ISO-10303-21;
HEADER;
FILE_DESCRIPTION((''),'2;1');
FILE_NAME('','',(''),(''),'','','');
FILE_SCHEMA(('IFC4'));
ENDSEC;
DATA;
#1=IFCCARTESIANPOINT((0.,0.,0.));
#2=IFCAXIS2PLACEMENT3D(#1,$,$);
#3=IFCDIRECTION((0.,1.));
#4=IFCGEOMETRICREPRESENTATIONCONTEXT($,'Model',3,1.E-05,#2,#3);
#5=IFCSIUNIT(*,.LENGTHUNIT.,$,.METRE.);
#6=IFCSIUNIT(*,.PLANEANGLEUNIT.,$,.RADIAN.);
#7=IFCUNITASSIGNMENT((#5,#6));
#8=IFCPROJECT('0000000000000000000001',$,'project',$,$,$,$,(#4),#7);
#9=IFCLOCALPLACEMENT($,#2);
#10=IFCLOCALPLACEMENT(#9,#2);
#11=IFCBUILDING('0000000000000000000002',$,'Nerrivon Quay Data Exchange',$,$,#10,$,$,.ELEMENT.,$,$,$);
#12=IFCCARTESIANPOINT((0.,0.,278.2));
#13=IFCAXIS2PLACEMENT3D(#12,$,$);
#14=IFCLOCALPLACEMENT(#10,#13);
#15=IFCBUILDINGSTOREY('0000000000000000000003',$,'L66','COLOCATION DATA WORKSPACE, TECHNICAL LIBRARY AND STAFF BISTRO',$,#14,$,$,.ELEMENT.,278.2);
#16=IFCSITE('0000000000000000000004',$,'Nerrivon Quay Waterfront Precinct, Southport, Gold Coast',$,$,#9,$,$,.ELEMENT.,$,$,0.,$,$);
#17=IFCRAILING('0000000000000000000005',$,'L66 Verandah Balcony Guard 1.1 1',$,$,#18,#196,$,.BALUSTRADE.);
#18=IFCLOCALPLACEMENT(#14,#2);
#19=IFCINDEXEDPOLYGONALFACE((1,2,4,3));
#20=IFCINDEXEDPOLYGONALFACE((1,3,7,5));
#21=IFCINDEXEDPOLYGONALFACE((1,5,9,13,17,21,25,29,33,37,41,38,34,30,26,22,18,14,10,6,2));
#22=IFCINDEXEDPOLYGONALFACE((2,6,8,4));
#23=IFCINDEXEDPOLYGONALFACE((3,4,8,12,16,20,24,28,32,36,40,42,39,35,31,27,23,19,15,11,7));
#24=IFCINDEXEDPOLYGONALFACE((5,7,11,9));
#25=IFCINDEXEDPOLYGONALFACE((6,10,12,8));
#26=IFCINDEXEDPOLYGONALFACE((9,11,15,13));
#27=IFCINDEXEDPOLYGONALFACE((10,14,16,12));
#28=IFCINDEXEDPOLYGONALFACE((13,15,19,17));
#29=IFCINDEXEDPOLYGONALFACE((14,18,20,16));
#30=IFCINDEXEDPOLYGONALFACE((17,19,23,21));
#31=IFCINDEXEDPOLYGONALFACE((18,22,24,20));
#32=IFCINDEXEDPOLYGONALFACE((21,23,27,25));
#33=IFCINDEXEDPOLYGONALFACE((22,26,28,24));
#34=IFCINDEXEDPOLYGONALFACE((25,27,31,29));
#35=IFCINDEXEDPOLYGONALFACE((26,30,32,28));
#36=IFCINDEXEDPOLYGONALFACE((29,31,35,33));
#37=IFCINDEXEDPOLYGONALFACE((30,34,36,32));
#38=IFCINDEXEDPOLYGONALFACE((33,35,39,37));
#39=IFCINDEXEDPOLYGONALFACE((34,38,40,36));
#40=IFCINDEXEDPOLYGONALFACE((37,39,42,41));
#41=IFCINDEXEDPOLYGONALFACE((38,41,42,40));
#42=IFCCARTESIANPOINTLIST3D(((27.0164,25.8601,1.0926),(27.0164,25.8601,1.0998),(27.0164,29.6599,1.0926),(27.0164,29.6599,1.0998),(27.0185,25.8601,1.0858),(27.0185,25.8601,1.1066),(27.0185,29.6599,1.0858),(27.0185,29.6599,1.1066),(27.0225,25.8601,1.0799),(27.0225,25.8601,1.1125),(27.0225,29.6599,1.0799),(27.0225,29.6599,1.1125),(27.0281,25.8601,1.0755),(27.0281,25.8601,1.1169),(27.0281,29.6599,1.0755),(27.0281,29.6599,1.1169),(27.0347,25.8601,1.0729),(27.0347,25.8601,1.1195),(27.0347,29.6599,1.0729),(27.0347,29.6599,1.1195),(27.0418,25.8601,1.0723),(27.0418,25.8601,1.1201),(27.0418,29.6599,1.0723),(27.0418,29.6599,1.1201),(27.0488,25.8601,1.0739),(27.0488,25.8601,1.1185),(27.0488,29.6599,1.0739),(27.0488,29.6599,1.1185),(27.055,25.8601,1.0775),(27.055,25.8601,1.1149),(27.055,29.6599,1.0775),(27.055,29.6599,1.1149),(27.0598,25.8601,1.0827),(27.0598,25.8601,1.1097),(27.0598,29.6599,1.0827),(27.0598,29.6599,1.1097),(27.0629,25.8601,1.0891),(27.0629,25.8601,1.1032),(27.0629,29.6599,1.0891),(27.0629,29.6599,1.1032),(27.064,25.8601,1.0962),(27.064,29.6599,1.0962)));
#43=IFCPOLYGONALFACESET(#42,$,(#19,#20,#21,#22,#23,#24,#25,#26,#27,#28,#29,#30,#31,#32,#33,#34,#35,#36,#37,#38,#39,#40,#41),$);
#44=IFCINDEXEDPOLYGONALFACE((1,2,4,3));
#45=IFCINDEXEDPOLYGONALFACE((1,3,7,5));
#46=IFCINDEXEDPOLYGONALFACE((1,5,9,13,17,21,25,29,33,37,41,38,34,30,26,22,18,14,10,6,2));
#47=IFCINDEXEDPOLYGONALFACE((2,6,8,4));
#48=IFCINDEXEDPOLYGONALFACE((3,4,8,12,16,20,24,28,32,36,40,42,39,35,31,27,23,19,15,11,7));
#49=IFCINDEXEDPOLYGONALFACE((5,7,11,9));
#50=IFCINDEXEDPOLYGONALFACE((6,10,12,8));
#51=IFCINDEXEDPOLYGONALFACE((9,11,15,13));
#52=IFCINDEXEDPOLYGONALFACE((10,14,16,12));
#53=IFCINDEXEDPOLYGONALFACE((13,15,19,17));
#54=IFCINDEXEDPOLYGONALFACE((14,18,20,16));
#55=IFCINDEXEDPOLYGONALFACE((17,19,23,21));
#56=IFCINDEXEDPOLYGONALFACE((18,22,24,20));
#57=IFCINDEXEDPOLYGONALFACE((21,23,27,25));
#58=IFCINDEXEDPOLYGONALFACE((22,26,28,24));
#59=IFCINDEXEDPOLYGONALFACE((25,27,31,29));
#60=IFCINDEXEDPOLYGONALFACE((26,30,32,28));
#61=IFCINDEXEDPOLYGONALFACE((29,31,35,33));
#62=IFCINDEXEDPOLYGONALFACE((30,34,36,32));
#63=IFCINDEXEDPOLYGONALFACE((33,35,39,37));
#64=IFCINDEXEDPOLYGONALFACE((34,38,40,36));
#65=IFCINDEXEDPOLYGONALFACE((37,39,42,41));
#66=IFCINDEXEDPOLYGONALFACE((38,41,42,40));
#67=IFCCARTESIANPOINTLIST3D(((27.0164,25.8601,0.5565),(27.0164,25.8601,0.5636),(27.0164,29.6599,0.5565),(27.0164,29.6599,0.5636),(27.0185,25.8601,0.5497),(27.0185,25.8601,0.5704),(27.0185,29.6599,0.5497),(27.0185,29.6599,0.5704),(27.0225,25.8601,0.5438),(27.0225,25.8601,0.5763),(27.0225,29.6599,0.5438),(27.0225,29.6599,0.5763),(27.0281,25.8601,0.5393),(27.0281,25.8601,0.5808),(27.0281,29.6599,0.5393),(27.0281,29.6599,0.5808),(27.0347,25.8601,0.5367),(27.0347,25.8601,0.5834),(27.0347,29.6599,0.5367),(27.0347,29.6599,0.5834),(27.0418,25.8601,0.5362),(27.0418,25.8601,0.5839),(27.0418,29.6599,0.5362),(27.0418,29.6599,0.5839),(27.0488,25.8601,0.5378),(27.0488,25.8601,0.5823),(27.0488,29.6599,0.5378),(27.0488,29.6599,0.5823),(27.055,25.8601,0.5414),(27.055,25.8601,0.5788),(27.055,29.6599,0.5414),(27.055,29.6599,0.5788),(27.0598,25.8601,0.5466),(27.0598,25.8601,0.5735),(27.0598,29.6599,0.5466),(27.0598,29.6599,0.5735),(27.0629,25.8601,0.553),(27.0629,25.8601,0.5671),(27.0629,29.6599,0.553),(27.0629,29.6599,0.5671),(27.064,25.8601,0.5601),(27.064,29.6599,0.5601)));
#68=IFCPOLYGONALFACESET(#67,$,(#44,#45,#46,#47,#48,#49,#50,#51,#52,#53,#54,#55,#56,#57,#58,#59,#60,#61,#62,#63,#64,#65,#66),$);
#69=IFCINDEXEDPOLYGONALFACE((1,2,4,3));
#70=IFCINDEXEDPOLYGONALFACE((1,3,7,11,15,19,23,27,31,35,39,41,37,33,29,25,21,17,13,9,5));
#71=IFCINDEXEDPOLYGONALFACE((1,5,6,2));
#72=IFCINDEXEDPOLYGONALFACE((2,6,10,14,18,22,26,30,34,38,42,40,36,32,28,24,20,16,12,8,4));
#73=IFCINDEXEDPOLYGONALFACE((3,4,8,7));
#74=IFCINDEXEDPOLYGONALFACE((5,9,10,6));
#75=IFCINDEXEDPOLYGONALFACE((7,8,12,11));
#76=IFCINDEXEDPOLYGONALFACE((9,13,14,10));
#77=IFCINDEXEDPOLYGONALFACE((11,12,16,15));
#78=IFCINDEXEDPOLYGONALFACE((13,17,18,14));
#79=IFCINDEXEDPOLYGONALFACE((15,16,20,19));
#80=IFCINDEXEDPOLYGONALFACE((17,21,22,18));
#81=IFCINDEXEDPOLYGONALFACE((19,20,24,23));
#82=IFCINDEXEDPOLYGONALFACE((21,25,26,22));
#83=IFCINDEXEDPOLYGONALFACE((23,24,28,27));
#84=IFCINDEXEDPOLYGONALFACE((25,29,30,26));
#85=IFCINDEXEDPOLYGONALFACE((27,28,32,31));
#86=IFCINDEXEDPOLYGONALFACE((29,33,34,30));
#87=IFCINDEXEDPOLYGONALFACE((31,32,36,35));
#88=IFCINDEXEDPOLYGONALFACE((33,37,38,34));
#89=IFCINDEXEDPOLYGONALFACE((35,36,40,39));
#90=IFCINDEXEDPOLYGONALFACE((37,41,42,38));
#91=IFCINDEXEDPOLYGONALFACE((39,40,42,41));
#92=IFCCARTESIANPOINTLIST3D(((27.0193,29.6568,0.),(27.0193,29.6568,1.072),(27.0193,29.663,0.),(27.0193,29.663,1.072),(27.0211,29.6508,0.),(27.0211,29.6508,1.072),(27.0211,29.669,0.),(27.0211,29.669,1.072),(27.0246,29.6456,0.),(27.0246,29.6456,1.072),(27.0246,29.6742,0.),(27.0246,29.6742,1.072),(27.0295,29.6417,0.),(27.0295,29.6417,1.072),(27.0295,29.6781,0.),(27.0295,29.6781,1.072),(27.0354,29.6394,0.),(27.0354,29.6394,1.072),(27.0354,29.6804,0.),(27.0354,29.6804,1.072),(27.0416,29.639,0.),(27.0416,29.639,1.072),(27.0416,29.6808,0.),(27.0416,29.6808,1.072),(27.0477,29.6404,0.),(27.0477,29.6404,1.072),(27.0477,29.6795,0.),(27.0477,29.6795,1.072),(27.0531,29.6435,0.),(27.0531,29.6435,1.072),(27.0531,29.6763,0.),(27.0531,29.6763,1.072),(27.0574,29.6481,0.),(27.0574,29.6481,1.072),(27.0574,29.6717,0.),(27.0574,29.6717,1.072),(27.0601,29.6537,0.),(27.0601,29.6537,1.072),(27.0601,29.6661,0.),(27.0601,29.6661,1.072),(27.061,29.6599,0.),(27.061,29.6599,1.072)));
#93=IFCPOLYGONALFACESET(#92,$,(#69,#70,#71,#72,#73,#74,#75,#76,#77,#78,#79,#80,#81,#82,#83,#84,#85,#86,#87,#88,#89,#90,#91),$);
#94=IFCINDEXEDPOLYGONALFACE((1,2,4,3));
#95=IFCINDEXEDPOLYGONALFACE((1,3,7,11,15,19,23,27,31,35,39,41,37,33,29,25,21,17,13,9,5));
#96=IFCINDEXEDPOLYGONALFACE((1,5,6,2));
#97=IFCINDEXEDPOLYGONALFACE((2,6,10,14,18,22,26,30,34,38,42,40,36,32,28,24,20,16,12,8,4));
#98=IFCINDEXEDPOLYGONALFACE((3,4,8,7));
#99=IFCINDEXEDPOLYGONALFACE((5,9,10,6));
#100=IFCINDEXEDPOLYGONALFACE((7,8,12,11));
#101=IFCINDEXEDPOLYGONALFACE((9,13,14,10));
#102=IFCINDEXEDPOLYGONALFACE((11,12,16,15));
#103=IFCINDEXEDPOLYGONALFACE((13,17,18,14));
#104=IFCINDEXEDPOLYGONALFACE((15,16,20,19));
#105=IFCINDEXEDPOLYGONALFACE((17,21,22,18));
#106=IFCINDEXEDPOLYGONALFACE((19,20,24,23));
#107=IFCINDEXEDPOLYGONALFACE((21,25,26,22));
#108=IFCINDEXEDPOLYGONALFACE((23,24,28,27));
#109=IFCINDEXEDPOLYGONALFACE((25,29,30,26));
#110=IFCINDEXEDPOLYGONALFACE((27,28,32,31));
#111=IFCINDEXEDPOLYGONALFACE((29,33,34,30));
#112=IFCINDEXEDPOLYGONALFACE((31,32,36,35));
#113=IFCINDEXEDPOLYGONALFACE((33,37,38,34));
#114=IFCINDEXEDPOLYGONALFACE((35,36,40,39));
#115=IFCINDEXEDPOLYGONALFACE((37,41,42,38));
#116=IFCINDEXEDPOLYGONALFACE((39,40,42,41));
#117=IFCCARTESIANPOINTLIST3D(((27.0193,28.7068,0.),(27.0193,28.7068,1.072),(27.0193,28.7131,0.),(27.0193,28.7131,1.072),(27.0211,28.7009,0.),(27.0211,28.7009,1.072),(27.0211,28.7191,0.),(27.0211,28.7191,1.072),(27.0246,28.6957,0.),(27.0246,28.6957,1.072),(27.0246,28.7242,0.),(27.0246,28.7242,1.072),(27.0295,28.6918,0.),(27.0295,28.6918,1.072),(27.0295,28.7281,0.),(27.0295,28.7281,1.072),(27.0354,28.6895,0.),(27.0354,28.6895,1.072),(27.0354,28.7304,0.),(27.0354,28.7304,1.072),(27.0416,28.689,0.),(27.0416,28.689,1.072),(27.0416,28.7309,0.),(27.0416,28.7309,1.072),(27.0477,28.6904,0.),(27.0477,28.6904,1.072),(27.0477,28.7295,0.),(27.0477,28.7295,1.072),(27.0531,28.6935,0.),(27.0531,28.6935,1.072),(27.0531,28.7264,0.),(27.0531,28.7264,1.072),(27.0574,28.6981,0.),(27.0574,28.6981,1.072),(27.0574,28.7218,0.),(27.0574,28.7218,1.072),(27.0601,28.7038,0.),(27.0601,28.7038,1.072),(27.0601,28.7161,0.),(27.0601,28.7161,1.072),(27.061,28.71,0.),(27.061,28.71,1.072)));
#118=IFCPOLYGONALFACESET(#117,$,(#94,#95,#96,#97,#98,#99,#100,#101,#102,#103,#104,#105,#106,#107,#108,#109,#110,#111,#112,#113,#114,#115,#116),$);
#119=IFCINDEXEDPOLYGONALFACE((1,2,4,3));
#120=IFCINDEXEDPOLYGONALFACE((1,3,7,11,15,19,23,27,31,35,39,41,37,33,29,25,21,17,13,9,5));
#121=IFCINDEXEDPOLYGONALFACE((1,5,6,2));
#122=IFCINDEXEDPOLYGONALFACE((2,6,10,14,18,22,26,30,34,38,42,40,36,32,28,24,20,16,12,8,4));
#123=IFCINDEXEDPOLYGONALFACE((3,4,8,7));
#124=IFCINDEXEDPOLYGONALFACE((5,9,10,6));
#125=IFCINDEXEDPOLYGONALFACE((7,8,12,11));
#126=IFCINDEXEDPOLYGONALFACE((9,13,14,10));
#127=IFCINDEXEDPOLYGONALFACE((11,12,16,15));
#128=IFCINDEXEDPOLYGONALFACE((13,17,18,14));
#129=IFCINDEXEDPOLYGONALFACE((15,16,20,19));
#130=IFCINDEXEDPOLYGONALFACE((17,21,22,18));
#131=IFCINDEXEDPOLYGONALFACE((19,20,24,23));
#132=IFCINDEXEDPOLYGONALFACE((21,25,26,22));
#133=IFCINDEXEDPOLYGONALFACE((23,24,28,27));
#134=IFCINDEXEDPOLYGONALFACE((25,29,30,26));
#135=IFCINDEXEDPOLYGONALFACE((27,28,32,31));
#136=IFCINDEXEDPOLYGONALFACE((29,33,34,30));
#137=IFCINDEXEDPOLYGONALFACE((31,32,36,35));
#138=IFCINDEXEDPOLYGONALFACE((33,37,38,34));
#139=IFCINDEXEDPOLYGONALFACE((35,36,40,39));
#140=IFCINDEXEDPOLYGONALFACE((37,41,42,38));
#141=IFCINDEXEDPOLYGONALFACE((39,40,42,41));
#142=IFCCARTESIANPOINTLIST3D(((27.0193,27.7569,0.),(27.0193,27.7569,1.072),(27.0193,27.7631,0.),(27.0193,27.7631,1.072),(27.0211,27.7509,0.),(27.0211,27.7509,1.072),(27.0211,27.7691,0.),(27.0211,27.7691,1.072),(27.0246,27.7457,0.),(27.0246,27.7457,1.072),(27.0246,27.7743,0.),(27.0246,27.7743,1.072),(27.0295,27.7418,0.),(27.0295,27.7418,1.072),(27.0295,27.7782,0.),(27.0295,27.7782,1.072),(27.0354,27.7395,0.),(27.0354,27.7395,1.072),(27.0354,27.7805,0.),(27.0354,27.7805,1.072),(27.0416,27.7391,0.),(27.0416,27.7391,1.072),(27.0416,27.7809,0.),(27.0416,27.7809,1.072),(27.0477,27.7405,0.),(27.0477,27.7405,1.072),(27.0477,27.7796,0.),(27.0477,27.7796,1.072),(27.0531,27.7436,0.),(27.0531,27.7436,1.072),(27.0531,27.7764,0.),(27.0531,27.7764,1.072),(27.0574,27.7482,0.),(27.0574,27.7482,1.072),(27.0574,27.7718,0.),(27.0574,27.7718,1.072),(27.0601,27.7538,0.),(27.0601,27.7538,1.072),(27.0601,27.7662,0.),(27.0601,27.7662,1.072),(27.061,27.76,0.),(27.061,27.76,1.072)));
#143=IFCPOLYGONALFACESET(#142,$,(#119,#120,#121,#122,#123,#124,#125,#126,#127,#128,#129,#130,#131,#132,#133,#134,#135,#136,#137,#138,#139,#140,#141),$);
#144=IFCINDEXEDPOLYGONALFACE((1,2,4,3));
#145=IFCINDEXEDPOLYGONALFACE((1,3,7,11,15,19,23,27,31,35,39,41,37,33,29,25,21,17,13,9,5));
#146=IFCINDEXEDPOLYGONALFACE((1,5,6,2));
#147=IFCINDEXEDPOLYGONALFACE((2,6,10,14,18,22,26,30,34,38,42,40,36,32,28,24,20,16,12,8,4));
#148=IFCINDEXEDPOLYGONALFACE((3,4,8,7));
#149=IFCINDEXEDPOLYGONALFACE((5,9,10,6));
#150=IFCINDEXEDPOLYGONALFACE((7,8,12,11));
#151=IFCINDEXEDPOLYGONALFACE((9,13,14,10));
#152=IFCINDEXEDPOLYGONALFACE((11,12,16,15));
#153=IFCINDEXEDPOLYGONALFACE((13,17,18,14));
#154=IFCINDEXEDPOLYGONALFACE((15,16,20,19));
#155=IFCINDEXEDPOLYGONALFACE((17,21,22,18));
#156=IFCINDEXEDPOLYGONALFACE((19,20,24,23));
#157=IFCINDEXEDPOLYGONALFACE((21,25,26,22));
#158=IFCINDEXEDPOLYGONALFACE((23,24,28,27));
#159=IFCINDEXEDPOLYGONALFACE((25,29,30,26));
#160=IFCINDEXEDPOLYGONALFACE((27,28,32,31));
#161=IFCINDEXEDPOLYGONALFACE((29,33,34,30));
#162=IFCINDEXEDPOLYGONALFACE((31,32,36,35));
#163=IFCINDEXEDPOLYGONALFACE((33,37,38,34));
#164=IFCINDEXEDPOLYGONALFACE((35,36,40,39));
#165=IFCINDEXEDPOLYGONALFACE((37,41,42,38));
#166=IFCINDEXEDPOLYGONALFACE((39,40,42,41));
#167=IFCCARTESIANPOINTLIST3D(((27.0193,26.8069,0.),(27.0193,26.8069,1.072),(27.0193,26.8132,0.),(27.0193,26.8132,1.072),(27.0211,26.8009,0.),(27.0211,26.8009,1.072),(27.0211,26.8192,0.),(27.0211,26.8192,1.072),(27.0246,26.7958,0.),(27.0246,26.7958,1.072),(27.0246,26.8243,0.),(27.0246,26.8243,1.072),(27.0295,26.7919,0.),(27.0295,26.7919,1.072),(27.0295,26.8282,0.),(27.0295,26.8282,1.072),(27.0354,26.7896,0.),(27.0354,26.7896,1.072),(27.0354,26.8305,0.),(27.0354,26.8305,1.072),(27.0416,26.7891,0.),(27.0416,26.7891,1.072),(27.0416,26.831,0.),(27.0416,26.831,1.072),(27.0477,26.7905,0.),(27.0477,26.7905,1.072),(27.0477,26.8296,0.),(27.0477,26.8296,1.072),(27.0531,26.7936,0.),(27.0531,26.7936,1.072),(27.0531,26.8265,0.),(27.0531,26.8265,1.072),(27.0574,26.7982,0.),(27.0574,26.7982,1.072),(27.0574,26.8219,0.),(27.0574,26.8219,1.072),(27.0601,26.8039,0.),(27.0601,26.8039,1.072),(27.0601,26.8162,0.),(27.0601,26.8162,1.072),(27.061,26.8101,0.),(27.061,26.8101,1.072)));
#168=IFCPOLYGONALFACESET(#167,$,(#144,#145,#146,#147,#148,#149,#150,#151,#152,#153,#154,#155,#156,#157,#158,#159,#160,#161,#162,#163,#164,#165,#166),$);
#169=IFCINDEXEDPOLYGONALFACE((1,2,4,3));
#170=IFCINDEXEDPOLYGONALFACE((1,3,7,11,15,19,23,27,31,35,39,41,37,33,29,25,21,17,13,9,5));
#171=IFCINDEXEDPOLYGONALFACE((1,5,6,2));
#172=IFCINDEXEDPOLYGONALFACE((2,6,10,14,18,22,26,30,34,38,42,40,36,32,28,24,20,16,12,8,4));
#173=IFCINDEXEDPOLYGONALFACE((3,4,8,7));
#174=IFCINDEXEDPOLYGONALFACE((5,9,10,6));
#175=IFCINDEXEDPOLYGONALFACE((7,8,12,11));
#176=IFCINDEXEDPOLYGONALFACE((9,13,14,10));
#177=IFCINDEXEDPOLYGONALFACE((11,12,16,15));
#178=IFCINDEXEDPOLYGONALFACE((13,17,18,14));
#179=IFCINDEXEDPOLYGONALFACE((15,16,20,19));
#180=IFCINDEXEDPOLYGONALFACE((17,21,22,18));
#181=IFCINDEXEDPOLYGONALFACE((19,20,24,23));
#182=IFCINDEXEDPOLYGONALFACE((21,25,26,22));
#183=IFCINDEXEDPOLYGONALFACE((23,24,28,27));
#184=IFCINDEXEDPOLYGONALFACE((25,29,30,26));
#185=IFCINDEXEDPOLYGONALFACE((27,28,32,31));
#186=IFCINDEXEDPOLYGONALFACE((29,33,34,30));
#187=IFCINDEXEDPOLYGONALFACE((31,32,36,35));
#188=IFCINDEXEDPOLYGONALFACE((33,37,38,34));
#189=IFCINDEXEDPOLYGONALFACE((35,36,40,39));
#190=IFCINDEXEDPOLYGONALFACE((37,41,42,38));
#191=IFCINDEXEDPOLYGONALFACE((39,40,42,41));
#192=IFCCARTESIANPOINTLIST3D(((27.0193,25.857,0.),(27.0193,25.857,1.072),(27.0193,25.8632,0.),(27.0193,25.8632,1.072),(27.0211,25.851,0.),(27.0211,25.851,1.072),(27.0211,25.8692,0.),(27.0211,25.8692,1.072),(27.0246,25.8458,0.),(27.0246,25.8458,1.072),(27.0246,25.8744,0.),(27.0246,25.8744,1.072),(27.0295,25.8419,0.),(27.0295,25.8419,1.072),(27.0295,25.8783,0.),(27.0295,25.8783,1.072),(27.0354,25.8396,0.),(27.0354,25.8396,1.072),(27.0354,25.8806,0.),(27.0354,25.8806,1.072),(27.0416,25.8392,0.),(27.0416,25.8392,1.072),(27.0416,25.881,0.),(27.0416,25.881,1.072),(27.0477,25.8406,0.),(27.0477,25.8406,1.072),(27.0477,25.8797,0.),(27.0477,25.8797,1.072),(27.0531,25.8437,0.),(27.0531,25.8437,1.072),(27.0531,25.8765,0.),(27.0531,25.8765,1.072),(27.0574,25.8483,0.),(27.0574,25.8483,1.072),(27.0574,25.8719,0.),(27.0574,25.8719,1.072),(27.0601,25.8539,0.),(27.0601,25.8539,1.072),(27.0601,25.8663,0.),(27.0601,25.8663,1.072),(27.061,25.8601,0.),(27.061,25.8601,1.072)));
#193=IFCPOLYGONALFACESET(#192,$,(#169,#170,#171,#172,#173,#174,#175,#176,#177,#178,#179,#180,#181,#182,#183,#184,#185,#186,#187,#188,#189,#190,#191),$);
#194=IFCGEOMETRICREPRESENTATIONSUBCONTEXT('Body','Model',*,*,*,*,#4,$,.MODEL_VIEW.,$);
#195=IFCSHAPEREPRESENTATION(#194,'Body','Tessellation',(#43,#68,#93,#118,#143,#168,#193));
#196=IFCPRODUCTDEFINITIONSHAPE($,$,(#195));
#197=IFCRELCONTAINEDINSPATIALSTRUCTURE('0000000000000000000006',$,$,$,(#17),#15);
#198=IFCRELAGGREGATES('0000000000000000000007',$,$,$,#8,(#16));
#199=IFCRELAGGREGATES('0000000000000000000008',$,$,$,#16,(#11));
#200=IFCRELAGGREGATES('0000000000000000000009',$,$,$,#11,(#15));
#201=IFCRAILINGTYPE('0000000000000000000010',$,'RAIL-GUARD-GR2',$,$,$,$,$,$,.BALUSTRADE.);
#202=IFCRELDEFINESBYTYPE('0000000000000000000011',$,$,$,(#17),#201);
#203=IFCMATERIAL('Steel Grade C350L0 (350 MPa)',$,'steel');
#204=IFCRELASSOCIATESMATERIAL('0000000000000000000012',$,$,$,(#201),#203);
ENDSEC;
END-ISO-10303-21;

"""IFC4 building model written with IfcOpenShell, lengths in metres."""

from ifc_helpers import new_model, si_unit, direction, frame, origin, origin_2d, place, context, subcontext, project, spatial, circle, extrude, material, type_object, element, save


model = new_model("IFC4")

# Units and contexts
model_context = context("Model", 3, precision=1e-05, world=origin(), true_north=direction((0.0, 1.0)))
body_context = subcontext(model_context, "Body", "Model", "MODEL_VIEW")
ifc_project = project(units=[si_unit("LENGTHUNIT", "METRE"), si_unit("PLANEANGLEUNIT", "RADIAN")], contexts=[model_context])

# Site, building, storey
site_placement = place(None, origin())
site = spatial("IfcSite", under=ifc_project, at=site_placement, Name="Nerrivon Quay Waterfront Precinct, Southport, Gold Coast", CompositionType="ELEMENT", RefElevation=0.0)
building_placement = place(site_placement, origin())
building = spatial("IfcBuilding", under=site, at=building_placement, Name="Nerrivon Quay Data Exchange", CompositionType="ELEMENT")
storey_placement = place(building_placement, frame((0.0, 0.0, 278.2)))
storey = spatial("IfcBuildingStorey", under=building, at=storey_placement, Name="L66", Description="COLOCATION DATA WORKSPACE, TECHNICAL LIBRARY AND STAFF BISTRO", CompositionType="ELEMENT", Elevation=278.2)

# Shared definitions
ifc_material_1 = material(Name="Steel Grade C350L0 (350 MPa)", Category="steel")

# Railing
railing_type = type_object("IfcRailingType", Name="RAIL-GUARD-GR2", PredefinedType="BALUSTRADE", material=ifc_material_1)
railing_1_placement = place(storey_placement, frame((27.04, 29.6599, 0.0)))
element("IfcRailing", 1, at=railing_1_placement, inside=storey, type_object=railing_type, Name="L66 Verandah Balcony Guard 1.1 1", PredefinedType="BALUSTRADE", context=body_context, shape_type="SweptSolid", body=[
    extrude(circle(Radius=0.0239, at=origin_2d()), frame((0.0, 0.0, 1.0962), z_axis=(0.0, -1.0, 0.0), x_axis=(1.0, 0.0, 0.0)), (0.0, 0.0, 1.0), 3.7998),
    extrude(circle(Radius=0.0239, at=origin_2d()), frame((0.0, 0.0, 0.5601), z_axis=(0.0, -1.0, 0.0), x_axis=(1.0, 0.0, 0.0)), (0.0, 0.0, 1.0), 3.7998),
    extrude(circle(Radius=0.021, at=origin_2d()), origin(), (0.0, 0.0, 1.0), 1.072),
    extrude(circle(Radius=0.021, at=origin_2d()), frame((0.0, -0.95, 0.0)), (0.0, 0.0, 1.0), 1.072),
    extrude(circle(Radius=0.021, at=origin_2d()), frame((0.0, -1.8999, 0.0)), (0.0, 0.0, 1.0), 1.072),
    extrude(circle(Radius=0.021, at=origin_2d()), frame((0.0, -2.8499, 0.0)), (0.0, 0.0, 1.0), 1.072),
    extrude(circle(Radius=0.021, at=origin_2d()), frame((0.0, -3.7998, 0.0)), (0.0, 0.0, 1.0), 1.072),
])

save(model, "model.ifc")
